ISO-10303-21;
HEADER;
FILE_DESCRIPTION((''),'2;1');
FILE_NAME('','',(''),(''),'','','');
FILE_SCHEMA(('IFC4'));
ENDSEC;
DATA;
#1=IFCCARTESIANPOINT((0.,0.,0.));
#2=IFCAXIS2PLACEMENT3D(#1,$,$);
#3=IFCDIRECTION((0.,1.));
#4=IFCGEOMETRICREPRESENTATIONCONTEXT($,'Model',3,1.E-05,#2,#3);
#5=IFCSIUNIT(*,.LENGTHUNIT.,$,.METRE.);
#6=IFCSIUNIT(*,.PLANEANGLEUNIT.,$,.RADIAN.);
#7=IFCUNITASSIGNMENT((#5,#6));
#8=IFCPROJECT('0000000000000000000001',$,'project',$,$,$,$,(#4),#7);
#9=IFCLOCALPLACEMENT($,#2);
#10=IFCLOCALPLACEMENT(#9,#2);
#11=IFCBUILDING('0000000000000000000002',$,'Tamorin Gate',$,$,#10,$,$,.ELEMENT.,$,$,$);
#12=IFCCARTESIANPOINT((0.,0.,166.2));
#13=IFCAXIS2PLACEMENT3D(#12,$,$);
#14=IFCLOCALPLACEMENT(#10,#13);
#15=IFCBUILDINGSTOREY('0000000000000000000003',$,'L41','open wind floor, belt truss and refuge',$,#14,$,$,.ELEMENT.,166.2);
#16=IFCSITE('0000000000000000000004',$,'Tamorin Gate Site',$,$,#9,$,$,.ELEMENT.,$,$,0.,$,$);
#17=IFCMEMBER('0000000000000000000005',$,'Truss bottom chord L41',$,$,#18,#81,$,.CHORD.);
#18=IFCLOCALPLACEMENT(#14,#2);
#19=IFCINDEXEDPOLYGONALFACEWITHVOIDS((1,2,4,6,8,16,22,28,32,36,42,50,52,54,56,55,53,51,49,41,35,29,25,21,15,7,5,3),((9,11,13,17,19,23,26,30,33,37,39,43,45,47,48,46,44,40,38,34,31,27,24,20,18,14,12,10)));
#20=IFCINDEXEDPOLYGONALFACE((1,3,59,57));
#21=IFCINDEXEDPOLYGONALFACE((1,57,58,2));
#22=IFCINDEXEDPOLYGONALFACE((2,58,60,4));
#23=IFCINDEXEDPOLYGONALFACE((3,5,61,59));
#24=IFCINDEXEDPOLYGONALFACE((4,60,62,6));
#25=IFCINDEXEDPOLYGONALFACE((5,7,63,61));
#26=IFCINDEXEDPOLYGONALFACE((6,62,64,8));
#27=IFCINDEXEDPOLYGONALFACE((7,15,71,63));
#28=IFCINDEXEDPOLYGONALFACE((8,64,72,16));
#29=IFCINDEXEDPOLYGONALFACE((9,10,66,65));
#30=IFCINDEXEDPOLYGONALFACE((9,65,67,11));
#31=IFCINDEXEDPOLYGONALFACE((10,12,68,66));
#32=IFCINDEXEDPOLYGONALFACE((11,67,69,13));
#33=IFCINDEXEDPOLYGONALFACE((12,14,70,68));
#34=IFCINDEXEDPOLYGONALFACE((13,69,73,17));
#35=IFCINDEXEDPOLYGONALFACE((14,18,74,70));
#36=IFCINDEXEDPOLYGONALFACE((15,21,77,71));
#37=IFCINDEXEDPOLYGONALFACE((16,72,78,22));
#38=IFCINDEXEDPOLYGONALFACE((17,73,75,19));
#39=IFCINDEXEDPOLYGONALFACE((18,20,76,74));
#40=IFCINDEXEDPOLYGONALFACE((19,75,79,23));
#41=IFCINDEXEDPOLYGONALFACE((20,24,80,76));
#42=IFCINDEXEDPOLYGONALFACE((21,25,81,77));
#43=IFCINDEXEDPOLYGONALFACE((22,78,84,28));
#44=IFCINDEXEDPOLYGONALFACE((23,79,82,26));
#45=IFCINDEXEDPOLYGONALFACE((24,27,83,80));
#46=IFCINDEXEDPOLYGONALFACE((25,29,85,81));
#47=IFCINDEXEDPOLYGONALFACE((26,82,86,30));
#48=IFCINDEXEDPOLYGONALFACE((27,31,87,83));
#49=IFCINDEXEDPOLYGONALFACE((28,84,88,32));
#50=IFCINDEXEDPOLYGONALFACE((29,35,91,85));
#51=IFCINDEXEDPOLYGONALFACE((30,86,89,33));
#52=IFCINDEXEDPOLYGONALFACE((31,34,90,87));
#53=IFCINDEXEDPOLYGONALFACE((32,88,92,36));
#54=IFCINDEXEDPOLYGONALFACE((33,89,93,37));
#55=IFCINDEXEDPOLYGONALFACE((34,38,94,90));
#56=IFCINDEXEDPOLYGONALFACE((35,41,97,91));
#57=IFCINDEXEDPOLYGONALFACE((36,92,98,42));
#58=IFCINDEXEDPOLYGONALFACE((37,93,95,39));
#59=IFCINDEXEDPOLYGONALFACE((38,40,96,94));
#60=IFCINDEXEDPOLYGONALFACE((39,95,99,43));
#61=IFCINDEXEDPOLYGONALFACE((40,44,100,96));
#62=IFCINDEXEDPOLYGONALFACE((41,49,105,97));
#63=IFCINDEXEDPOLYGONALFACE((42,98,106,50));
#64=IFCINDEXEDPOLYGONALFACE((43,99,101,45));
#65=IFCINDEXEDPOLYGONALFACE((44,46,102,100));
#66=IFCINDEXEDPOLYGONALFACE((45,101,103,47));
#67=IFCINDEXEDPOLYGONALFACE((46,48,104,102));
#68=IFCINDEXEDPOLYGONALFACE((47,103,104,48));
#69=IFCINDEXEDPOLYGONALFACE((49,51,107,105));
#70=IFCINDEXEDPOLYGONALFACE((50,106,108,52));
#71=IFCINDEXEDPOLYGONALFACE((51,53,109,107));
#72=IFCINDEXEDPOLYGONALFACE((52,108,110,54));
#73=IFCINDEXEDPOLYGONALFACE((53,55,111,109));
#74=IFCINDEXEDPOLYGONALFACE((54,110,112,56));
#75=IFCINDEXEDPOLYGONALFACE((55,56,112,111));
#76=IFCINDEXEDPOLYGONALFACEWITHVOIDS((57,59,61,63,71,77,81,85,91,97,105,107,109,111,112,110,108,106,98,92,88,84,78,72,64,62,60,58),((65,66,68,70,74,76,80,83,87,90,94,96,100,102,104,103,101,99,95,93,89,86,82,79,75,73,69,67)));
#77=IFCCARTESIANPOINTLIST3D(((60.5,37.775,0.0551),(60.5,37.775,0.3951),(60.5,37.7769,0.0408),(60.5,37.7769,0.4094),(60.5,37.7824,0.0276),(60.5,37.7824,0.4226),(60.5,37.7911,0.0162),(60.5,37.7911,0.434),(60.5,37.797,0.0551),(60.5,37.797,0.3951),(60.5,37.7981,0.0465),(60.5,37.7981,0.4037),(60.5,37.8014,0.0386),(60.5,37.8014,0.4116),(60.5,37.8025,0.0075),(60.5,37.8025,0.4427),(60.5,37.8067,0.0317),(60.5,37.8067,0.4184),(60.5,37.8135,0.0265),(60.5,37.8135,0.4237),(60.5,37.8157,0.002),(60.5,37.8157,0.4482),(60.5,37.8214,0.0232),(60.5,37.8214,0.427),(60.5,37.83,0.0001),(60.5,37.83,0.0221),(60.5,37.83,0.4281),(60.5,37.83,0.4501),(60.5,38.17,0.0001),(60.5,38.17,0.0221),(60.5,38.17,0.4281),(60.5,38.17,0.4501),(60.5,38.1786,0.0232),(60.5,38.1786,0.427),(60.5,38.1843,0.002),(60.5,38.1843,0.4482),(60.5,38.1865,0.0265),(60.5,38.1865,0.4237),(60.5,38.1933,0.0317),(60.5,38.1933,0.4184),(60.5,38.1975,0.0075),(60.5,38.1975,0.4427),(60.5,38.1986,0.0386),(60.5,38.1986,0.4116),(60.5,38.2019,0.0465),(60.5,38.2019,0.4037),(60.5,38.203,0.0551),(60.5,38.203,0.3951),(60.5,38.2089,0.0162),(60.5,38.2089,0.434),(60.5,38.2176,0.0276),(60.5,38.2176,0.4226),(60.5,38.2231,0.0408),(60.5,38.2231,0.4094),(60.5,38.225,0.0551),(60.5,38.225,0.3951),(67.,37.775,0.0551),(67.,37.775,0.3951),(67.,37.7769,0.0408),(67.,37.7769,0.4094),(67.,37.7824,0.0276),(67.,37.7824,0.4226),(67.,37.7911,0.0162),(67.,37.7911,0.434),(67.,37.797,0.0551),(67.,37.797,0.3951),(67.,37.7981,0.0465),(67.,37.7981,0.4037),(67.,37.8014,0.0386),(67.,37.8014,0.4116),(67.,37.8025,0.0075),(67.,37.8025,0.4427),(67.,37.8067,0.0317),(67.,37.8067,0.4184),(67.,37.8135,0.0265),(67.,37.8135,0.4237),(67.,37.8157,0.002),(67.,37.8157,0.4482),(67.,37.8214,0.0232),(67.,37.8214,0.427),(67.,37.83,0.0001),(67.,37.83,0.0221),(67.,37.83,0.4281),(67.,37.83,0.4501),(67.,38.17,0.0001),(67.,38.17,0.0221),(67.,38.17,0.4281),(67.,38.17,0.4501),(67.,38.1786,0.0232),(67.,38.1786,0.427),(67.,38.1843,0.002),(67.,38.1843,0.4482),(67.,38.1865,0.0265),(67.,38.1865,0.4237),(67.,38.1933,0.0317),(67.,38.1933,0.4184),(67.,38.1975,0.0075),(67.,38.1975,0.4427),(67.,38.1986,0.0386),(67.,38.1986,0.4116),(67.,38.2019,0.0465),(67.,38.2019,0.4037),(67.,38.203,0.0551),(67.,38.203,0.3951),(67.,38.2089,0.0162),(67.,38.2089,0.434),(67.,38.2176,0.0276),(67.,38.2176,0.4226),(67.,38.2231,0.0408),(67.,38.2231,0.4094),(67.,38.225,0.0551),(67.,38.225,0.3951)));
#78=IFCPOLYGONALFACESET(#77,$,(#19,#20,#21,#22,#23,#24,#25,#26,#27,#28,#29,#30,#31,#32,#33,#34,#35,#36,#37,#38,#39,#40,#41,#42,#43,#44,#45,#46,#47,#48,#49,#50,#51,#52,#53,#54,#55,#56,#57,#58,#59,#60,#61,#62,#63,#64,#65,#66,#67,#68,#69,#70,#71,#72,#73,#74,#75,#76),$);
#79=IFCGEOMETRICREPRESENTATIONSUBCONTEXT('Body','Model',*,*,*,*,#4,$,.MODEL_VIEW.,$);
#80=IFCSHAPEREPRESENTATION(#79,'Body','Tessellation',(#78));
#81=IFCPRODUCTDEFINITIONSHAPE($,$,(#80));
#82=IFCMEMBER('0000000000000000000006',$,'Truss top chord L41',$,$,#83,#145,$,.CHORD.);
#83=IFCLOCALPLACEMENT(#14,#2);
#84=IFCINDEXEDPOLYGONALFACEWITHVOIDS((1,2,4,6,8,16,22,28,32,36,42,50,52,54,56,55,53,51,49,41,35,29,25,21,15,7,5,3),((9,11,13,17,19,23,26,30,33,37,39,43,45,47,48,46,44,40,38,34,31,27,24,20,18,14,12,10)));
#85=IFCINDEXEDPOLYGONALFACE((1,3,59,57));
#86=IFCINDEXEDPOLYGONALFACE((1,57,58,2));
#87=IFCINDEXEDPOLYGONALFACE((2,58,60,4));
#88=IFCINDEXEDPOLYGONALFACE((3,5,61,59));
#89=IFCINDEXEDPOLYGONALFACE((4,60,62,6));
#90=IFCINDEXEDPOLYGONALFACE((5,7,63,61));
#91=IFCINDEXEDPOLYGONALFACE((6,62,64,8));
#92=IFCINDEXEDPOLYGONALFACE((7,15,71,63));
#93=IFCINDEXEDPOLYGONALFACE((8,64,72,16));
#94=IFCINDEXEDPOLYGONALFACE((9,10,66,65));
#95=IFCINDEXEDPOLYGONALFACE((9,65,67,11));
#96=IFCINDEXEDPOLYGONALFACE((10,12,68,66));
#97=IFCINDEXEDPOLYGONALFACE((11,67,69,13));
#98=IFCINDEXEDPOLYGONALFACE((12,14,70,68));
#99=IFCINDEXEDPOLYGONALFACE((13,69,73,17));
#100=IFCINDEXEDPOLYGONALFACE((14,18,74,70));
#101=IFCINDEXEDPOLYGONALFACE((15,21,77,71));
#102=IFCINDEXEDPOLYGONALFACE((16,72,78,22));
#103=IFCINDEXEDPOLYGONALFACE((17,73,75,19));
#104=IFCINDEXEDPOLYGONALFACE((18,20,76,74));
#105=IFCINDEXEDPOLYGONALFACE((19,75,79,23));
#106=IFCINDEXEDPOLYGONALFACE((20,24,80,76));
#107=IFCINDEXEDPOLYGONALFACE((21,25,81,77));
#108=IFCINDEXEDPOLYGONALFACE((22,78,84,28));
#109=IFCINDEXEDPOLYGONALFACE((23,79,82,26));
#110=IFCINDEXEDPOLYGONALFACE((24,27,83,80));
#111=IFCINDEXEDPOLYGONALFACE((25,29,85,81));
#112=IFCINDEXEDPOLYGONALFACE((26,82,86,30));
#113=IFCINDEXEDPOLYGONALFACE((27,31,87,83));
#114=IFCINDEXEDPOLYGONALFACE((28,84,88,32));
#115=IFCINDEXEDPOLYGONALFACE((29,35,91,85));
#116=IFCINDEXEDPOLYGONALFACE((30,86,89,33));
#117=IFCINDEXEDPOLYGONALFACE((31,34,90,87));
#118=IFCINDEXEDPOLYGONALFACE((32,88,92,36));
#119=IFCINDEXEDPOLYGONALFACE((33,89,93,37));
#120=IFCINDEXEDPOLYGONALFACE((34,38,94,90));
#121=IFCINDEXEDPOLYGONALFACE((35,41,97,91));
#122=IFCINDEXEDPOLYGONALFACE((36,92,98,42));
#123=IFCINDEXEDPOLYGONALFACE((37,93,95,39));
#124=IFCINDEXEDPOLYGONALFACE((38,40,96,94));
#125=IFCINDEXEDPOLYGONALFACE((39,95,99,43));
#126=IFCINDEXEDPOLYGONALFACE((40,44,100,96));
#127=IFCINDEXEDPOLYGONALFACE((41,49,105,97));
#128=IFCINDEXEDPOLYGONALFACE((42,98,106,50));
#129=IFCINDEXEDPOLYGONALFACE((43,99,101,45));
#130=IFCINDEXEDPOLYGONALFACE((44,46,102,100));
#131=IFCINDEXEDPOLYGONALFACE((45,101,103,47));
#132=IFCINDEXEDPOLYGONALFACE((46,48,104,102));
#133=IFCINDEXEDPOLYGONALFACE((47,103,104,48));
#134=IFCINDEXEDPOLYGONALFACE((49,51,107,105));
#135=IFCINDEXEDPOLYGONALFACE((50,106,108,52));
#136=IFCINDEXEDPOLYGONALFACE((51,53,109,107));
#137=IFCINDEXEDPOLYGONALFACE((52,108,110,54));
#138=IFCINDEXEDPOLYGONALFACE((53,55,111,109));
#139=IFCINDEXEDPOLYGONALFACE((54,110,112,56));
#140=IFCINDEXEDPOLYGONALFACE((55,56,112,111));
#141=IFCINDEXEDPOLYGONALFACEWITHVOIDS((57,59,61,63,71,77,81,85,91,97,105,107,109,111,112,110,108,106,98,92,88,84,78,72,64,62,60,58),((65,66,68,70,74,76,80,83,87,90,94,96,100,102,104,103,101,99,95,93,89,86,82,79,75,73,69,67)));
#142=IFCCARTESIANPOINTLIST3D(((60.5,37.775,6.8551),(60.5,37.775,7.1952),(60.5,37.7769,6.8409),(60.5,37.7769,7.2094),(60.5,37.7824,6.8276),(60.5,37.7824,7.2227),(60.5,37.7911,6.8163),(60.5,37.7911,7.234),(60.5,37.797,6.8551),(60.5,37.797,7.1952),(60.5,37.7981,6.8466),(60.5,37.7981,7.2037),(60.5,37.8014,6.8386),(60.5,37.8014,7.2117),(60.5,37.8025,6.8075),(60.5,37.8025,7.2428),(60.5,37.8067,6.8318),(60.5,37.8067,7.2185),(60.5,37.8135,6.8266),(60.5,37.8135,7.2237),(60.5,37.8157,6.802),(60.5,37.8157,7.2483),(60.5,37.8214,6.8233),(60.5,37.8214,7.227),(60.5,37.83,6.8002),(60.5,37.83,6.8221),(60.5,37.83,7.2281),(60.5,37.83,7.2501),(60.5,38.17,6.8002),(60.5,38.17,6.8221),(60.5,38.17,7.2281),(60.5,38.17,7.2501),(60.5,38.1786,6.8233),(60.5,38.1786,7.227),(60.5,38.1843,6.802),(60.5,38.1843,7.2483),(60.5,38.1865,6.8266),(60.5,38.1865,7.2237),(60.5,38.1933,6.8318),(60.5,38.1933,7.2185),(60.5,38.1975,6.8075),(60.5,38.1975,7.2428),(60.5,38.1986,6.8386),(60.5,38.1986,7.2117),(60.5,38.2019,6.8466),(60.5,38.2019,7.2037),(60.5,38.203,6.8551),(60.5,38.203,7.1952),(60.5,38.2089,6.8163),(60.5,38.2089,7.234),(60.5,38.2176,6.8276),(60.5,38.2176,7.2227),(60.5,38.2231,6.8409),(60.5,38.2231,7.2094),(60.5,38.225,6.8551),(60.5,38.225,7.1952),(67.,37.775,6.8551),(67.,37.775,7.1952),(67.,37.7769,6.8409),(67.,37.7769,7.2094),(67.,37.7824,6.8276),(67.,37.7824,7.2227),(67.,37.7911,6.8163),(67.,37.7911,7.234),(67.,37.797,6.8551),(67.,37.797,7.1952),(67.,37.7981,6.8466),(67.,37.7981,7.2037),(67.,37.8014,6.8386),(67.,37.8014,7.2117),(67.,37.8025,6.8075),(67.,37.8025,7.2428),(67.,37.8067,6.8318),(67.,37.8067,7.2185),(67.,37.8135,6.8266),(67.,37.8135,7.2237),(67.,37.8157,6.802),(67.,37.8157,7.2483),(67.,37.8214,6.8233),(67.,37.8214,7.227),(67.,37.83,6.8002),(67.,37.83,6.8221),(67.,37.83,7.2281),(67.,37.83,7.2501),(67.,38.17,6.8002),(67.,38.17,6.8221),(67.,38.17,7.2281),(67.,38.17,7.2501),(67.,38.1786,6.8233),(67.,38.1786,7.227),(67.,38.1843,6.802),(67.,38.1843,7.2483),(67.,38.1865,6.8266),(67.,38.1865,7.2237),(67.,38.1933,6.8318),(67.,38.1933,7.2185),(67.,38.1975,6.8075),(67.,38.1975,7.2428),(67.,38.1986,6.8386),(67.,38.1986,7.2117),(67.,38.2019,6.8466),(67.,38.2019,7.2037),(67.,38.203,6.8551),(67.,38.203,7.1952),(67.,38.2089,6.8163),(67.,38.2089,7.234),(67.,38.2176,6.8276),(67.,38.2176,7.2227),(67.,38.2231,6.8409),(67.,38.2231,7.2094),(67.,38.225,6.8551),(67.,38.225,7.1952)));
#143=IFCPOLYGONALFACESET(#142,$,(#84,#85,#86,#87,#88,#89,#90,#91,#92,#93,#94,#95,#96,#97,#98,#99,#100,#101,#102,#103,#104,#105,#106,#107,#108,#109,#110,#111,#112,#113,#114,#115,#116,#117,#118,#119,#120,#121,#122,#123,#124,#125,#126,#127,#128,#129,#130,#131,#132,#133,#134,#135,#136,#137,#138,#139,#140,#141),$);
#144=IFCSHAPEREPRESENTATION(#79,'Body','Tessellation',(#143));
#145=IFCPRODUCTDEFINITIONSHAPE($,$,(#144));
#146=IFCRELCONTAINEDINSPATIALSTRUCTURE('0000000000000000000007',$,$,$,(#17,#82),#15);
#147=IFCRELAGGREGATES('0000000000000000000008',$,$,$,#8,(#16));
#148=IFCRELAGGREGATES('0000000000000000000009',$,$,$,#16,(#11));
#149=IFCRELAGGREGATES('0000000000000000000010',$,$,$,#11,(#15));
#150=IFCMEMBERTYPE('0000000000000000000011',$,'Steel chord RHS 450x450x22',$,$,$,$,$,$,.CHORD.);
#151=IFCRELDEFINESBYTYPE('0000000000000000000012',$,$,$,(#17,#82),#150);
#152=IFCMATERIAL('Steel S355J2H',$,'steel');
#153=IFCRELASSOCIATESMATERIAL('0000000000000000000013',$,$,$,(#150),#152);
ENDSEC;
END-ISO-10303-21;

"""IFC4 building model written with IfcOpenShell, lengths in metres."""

from ifc_helpers import new_model, si_unit, direction, frame, origin, origin_2d, place, context, subcontext, project, spatial, hollow_rectangle, extrude, material, material_profile, profile_set, type_object, element, save


model = new_model("IFC4")

# Units and contexts
model_context = context("Model", 3, precision=1e-05, world=origin(), true_north=direction((0.0, 1.0)))
body_context = subcontext(model_context, "Body", "Model", "MODEL_VIEW")
ifc_project = project(units=[si_unit("LENGTHUNIT", "METRE"), si_unit("PLANEANGLEUNIT", "RADIAN")], contexts=[model_context])

# Site, building, storey
site_placement = place(None, origin())
site = spatial("IfcSite", under=ifc_project, at=site_placement, Name="Tamorin Gate Site", CompositionType="ELEMENT", RefElevation=0.0)
building_placement = place(site_placement, origin())
building = spatial("IfcBuilding", under=site, at=building_placement, Name="Tamorin Gate", CompositionType="ELEMENT")
storey_placement = place(building_placement, frame((0.0, 0.0, 166.2)))
storey = spatial("IfcBuildingStorey", under=building, at=storey_placement, Name="L41", Description="open wind floor, belt truss and refuge", CompositionType="ELEMENT", Elevation=166.2)

# Members
ifc_material_1 = material(Name="Steel S355J2H", Category="steel")
ifc_material_profile_1 = material_profile(ifc_material_1, hollow_rectangle(XDim=0.45, YDim=0.45, WallThickness=0.022, InnerFilletRadius=0.033, OuterFilletRadius=0.0549, at=origin_2d()), Name="RHS 450x450x22")
ifc_profile_set_1 = profile_set([ifc_material_profile_1], Name="Steel S355J2H")
member_type_1 = type_object("IfcMemberType", Name="Steel chord RHS 450x450x22", PredefinedType="CHORD", material=ifc_profile_set_1)
for number, where, z_axis, x_axis, name in (
    (1, (60.5, 38.0, 0.2251), (1.0, 0.0, 0.0), (0.0, 1.0, 0.0), "Truss bottom chord L41"),
    (2, (60.5, 38.0, 7.0251), (1.0, 0.0, 0.0), (0.0, 1.0, 0.0), "Truss top chord L41"),
):
    element("IfcMember", number, at=place(storey_placement, frame(where, z_axis=z_axis, x_axis=x_axis)), inside=storey, type_object=member_type_1, Name=name, PredefinedType="CHORD", context=body_context, shape_type="SweptSolid", body=[
        extrude(hollow_rectangle(XDim=0.45, YDim=0.45, WallThickness=0.022, InnerFilletRadius=0.033, OuterFilletRadius=0.0549, at=origin_2d()), origin(), (0.0, 0.0, 1.0), 6.5),
    ])

save(model, "model.ifc")
